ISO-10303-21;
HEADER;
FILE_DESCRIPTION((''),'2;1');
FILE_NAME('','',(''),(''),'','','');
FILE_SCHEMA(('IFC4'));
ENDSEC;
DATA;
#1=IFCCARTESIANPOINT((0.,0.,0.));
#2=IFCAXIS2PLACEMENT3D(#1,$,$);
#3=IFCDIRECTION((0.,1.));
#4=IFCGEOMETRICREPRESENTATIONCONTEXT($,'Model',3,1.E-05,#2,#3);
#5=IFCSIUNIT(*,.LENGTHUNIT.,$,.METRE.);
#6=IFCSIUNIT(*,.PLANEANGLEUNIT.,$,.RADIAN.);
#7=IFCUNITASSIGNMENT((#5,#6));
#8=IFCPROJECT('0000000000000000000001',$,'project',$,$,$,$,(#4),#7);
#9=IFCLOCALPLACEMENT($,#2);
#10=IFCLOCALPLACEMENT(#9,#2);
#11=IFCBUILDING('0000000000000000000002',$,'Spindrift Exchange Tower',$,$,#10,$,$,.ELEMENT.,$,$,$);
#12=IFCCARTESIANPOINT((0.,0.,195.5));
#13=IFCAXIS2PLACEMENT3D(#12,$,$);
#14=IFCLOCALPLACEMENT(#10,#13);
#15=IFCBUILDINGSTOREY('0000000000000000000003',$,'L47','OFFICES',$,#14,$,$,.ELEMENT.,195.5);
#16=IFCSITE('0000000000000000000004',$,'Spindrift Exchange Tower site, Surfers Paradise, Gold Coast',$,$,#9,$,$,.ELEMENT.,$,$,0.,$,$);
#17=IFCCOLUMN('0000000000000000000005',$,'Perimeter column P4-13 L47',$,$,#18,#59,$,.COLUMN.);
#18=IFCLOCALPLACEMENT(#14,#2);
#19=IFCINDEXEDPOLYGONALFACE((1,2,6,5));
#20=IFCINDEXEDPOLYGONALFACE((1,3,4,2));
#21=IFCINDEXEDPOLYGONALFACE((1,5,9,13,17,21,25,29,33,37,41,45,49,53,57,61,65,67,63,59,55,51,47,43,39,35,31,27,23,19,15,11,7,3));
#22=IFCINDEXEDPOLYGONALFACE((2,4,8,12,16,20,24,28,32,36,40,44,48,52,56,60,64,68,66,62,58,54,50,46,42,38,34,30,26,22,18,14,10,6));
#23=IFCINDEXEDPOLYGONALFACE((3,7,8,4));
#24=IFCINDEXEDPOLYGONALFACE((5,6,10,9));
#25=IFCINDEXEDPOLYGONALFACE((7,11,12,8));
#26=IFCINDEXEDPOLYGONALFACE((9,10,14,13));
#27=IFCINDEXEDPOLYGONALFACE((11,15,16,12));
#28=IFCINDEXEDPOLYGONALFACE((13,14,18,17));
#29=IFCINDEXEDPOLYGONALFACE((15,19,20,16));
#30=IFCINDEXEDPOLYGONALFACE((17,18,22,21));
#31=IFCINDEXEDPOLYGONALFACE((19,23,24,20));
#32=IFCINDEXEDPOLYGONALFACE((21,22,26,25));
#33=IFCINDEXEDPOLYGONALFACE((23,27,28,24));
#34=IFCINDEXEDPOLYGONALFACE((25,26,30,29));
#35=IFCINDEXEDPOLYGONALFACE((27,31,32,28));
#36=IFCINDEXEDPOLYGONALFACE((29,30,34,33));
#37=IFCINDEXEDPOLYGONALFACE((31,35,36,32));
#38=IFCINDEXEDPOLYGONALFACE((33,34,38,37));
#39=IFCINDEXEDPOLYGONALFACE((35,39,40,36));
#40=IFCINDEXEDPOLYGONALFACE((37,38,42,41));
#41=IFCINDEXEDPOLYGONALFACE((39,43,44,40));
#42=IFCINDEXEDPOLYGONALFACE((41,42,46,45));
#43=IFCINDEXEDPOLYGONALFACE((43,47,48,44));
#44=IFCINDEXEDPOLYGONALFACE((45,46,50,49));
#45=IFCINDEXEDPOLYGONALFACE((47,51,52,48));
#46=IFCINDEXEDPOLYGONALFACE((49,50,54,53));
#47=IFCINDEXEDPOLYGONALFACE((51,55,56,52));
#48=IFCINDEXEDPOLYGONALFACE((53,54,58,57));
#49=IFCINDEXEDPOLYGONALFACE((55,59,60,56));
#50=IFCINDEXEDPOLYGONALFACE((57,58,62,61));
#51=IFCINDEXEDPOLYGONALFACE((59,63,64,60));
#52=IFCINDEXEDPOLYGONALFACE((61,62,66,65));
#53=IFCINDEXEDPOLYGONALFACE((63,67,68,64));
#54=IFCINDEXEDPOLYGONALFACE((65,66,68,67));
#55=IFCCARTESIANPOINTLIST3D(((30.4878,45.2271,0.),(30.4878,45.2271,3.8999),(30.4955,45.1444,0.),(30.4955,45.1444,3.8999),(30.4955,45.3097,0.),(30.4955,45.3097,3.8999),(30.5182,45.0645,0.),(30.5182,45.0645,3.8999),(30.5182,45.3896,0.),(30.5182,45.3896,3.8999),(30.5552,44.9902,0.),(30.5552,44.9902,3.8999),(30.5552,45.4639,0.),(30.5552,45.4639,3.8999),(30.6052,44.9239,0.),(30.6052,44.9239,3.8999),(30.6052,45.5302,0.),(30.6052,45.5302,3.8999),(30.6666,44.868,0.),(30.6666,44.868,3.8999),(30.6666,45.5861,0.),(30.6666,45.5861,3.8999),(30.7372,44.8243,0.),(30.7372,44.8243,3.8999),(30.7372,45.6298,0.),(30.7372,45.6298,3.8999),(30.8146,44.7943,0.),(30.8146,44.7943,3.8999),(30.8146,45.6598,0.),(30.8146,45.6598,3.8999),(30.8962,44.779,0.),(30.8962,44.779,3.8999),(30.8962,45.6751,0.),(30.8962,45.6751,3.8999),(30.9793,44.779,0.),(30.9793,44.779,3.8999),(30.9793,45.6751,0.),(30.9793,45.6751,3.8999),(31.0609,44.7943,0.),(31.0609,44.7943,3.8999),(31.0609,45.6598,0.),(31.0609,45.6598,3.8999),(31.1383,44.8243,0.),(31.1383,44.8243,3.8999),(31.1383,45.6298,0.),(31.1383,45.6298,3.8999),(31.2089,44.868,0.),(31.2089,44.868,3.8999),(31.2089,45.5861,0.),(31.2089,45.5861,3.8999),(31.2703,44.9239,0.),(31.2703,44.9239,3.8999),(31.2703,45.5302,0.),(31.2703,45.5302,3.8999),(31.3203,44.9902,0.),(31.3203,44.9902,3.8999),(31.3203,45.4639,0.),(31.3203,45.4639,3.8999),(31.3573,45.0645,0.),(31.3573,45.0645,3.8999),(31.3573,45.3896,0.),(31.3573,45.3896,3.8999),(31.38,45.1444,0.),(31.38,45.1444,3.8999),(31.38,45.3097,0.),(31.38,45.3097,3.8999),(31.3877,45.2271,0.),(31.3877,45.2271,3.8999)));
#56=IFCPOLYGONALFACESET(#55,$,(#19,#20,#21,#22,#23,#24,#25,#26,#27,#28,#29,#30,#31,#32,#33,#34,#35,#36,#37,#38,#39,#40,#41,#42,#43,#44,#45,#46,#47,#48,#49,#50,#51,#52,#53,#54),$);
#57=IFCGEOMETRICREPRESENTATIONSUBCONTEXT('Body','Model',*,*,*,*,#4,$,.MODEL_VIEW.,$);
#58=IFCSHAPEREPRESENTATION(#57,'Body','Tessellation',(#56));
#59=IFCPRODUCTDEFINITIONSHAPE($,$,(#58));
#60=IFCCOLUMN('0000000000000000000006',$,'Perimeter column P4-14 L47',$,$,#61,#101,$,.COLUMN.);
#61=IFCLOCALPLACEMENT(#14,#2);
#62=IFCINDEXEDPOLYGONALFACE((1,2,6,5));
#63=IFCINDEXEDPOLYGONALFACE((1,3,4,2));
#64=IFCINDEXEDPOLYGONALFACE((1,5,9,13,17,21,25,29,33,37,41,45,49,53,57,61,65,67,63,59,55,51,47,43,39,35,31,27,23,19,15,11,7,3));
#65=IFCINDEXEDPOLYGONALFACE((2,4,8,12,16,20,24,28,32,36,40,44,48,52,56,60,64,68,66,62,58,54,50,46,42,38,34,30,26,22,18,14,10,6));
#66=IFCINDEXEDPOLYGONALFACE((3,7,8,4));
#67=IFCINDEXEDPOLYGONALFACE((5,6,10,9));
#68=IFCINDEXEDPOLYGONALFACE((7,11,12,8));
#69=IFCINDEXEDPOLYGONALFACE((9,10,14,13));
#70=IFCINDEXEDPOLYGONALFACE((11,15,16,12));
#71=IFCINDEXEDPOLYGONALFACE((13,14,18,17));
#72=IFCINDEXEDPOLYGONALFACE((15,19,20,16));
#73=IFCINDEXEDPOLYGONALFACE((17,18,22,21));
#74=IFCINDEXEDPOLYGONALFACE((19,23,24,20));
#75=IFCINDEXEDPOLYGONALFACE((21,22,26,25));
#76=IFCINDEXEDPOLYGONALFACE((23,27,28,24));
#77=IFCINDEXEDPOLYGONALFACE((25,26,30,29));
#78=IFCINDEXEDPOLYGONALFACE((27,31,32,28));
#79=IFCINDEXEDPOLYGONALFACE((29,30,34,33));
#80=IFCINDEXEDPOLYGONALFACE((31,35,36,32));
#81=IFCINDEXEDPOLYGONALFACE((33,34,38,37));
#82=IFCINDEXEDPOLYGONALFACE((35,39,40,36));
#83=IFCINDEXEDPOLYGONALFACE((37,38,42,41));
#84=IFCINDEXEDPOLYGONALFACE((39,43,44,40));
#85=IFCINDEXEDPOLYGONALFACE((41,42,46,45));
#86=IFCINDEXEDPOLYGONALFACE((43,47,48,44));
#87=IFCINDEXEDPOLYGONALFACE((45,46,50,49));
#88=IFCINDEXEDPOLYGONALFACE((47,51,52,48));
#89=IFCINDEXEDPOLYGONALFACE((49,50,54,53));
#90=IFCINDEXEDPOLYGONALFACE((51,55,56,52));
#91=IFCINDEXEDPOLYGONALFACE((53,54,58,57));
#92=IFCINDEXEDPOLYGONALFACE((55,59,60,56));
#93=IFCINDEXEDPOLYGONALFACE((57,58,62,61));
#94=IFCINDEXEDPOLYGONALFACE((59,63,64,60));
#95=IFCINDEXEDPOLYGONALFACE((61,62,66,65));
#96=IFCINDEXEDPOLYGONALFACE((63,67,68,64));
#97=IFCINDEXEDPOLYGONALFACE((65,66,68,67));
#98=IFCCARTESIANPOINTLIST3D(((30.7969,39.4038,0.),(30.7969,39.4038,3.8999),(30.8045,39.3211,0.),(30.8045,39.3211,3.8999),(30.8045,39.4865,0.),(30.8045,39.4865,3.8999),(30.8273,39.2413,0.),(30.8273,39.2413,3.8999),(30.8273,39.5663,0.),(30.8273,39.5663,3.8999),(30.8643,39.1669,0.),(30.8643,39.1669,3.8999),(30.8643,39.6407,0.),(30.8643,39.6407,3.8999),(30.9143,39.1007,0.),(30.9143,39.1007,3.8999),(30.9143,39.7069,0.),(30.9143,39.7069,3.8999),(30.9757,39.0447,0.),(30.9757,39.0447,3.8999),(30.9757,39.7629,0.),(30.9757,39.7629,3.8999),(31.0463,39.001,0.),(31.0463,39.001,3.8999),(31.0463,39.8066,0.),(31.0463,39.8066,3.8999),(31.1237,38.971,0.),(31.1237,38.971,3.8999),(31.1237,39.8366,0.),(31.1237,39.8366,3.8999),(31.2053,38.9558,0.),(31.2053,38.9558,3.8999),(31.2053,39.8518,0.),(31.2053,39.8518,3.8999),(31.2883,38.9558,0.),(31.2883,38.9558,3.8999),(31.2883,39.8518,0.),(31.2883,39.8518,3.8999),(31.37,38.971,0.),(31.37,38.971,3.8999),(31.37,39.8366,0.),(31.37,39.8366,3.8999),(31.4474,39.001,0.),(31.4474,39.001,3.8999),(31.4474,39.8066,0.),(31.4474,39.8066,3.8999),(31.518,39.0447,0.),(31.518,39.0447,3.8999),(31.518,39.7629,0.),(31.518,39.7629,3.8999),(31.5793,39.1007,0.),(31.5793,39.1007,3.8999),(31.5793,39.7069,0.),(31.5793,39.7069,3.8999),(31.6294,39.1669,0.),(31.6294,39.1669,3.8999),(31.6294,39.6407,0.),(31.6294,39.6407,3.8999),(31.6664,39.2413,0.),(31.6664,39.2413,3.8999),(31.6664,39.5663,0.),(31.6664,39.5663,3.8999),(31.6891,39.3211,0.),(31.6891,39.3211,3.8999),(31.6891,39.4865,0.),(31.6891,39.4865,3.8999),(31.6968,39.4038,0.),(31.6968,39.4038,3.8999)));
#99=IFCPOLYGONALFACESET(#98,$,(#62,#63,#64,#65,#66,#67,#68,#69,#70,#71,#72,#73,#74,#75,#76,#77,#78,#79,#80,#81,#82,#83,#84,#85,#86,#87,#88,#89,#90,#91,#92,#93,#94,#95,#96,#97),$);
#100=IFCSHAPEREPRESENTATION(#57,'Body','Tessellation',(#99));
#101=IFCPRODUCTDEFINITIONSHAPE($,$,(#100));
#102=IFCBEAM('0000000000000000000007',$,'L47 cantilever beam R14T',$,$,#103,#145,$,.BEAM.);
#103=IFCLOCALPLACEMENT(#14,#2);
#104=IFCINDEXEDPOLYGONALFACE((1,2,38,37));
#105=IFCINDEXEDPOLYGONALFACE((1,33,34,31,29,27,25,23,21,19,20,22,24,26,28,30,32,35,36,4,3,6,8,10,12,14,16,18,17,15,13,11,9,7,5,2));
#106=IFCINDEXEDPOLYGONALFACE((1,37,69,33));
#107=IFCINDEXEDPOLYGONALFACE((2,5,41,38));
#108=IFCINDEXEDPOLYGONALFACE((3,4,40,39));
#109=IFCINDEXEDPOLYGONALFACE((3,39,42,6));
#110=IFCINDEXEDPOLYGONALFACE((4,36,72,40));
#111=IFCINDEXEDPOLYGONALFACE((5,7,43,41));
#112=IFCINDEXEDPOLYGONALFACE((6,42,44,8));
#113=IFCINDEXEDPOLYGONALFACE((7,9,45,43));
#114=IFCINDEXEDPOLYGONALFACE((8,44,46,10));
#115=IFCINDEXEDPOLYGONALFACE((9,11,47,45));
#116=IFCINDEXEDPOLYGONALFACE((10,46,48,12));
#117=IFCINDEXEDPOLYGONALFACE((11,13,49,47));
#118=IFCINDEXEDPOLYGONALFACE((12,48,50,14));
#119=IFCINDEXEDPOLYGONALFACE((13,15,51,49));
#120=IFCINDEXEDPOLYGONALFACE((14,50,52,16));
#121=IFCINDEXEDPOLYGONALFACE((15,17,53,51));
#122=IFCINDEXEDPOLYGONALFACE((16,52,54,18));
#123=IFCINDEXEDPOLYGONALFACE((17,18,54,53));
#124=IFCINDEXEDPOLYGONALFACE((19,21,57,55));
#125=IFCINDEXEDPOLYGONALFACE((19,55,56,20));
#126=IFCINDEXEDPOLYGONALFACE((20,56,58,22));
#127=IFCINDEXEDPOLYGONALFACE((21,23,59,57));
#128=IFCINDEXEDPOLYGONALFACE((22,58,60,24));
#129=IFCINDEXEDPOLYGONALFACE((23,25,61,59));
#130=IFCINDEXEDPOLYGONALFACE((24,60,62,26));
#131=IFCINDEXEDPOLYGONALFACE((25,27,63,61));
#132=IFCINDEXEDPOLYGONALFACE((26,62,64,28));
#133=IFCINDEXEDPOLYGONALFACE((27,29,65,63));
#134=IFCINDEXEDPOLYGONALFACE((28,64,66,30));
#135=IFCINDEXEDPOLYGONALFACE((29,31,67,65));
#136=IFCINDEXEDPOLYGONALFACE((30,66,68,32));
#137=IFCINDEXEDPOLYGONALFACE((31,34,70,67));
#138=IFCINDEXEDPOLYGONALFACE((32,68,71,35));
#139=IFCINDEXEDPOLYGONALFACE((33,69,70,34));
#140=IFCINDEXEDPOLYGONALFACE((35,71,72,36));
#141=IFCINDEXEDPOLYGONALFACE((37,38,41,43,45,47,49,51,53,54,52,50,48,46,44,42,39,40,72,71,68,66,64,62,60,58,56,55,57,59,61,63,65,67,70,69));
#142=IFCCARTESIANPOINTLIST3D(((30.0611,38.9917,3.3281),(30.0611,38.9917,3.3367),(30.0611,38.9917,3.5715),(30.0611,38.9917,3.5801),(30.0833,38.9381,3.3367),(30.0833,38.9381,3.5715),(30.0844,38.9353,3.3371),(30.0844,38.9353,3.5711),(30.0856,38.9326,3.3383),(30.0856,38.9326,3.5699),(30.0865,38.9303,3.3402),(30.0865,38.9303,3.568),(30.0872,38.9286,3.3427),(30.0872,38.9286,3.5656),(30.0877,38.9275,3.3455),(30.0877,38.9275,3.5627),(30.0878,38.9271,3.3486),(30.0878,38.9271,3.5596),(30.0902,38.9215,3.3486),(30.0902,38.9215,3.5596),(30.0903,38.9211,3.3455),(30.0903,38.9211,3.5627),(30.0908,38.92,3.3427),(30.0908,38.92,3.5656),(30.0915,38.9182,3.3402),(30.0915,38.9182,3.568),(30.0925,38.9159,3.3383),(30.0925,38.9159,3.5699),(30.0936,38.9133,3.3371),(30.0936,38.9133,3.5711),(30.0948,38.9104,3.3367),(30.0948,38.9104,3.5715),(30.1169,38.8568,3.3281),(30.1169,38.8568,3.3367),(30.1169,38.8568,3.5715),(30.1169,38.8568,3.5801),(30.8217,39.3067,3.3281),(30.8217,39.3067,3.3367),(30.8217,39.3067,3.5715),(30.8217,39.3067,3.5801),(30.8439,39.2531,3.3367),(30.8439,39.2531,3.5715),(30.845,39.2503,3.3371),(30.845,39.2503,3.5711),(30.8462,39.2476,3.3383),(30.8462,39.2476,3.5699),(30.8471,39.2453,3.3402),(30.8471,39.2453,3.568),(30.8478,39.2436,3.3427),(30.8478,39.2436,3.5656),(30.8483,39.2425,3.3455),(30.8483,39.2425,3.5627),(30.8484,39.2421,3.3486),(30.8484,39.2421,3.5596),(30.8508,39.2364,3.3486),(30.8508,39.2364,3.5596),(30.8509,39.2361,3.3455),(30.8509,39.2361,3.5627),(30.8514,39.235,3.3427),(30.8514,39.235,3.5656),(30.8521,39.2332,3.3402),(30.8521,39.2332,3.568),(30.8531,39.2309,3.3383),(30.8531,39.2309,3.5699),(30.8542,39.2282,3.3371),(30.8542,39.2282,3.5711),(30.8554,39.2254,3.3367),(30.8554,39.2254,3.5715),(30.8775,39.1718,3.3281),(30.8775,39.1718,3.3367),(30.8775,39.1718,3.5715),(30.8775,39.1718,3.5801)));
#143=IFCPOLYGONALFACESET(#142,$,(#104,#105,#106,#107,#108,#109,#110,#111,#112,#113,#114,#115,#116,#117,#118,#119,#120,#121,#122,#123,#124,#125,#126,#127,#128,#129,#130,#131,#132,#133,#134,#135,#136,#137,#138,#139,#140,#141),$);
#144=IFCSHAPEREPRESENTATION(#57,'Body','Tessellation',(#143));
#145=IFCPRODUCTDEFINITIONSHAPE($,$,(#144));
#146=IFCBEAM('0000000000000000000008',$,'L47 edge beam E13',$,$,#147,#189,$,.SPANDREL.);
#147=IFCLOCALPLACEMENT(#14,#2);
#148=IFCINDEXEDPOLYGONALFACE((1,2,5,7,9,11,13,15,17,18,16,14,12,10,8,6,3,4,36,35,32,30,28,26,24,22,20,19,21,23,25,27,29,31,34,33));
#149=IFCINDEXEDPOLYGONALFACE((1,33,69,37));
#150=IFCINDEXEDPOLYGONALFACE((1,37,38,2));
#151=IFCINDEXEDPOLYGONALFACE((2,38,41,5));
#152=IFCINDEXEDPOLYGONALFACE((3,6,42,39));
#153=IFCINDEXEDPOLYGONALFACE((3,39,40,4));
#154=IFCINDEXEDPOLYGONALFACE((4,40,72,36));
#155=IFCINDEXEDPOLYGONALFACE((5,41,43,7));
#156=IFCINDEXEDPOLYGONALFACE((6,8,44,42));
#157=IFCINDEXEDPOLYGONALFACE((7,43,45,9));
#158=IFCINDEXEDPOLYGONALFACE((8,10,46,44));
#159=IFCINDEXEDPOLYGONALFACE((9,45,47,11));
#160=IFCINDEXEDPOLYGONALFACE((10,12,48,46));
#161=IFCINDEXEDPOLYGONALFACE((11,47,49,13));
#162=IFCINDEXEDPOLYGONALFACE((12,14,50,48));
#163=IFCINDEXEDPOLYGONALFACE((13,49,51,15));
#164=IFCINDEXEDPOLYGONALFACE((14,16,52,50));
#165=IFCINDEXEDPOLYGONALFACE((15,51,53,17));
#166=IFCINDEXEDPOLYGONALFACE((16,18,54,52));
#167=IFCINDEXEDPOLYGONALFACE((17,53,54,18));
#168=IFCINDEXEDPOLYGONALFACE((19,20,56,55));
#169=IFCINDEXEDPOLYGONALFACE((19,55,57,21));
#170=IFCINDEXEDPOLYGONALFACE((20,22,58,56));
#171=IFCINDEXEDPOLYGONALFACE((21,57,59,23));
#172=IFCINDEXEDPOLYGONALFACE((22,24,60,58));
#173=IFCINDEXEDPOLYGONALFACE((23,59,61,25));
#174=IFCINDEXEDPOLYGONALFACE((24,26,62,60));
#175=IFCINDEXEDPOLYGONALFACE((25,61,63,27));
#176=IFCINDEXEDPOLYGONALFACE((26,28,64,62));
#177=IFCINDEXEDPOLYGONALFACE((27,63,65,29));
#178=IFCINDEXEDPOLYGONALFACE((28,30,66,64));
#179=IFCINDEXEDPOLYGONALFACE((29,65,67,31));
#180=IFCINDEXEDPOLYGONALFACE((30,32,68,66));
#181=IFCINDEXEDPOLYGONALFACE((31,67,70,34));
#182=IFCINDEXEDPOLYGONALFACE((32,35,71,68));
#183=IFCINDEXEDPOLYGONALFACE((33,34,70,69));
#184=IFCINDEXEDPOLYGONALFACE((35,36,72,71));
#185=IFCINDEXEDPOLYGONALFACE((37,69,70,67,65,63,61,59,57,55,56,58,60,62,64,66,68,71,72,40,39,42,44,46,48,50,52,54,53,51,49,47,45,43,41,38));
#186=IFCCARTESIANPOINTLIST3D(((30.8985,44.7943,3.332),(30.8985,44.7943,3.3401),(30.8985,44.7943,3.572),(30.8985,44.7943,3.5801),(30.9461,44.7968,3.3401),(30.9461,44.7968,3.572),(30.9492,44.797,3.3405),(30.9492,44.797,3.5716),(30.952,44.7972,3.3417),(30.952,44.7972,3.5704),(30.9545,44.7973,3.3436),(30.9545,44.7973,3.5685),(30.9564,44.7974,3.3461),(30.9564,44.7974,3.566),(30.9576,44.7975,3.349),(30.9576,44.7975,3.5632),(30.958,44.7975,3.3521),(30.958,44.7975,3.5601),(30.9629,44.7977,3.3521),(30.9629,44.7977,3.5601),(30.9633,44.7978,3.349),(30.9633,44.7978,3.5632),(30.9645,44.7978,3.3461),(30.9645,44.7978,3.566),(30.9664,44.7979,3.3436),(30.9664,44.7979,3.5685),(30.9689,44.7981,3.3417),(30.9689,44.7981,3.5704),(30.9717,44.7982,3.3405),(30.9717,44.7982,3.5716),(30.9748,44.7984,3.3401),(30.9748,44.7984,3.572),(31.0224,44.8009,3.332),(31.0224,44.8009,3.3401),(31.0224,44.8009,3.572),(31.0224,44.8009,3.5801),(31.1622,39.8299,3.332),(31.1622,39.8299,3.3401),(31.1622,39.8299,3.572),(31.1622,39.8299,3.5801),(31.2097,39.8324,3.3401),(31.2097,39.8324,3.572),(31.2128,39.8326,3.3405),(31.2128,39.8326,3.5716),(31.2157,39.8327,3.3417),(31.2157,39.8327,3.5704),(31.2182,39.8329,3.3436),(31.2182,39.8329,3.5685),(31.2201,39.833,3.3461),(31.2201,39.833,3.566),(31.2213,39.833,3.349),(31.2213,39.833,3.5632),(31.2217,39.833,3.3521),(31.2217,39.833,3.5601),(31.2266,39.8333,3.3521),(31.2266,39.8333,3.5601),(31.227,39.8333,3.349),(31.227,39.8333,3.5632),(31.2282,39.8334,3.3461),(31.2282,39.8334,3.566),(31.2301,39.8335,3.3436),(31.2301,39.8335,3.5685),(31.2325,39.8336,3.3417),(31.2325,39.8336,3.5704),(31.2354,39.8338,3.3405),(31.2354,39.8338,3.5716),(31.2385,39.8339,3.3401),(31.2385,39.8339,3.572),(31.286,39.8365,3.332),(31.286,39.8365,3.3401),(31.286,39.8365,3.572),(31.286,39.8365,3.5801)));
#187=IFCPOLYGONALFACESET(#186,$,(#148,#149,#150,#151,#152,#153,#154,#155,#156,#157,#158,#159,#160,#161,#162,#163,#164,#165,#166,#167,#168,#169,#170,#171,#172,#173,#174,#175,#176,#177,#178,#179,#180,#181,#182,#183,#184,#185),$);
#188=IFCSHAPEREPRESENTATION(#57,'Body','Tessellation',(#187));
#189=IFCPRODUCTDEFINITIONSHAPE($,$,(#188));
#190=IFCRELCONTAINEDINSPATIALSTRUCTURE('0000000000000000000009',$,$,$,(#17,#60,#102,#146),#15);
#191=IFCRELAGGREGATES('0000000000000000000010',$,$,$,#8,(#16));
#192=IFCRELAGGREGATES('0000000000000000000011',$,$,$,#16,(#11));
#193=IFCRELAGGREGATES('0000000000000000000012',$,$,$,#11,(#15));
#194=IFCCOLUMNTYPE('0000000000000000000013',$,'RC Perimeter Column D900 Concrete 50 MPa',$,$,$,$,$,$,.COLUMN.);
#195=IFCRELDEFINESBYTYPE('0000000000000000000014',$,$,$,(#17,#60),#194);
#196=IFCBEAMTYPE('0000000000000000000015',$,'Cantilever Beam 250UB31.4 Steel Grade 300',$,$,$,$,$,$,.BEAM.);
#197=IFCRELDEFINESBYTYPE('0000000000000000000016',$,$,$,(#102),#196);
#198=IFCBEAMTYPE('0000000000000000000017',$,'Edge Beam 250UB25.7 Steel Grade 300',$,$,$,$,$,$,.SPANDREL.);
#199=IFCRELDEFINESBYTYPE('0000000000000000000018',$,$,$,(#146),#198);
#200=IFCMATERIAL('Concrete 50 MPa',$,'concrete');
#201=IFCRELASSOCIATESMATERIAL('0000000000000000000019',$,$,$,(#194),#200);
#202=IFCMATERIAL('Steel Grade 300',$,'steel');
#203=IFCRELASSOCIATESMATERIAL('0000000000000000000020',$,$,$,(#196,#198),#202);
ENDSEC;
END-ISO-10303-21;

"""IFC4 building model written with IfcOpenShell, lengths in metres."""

from ifc_helpers import new_model, si_unit, direction, frame, origin, origin_2d, place, context, subcontext, project, spatial, circle, i_section, extrude, source, transform, mapped, material, material_profile, profile_set, type_object, element, save


model = new_model("IFC4")

# Units and contexts
model_context = context("Model", 3, precision=1e-05, world=origin(), true_north=direction((0.0, 1.0)))
body_context = subcontext(model_context, "Body", "Model", "MODEL_VIEW")
ifc_project = project(units=[si_unit("LENGTHUNIT", "METRE"), si_unit("PLANEANGLEUNIT", "RADIAN")], contexts=[model_context])

# Site, building, storey
site_placement = place(None, origin())
site = spatial("IfcSite", under=ifc_project, at=site_placement, Name="Spindrift Exchange Tower site, Surfers Paradise, Gold Coast", CompositionType="ELEMENT", RefElevation=0.0)
building_placement = place(site_placement, origin())
building = spatial("IfcBuilding", under=site, at=building_placement, Name="Spindrift Exchange Tower", CompositionType="ELEMENT")
storey_placement = place(building_placement, frame((0.0, 0.0, 195.5)))
storey = spatial("IfcBuildingStorey", under=building, at=storey_placement, Name="L47", Description="OFFICES", CompositionType="ELEMENT", Elevation=195.5)

# Columns
ifc_material_1 = material(Name="Concrete 50 MPa", Category="concrete")
ifc_material_profile_1 = material_profile(ifc_material_1, circle(Radius=0.45, at=origin_2d()), Name="RC D900")
ifc_profile_set_1 = profile_set([ifc_material_profile_1], Name="Concrete 50 MPa")
column_type = type_object("IfcColumnType", Name="RC Perimeter Column D900 Concrete 50 MPa", PredefinedType="COLUMN", material=ifc_profile_set_1)
shared_shape_1 = source(origin(), body_context, "Body", "SweptSolid", [
    extrude(circle(Radius=0.45, at=origin_2d()), origin(), (0.0, 0.0, 1.0), 3.8999),
])
for number, where, z_axis, x_axis, name in (
    (1, (30.9377, 45.2271, 0.0), (0.0, 0.0, 1.0), (1.0, 0.0, 0.0), "Perimeter column P4-13 L47"),
    (2, (31.2468, 39.4038, 0.0), (0.0, 0.0, 1.0), (1.0, 0.0, 0.0), "Perimeter column P4-14 L47"),
):
    element("IfcColumn", number, at=place(storey_placement, frame(where, z_axis=z_axis, x_axis=x_axis)), inside=storey, type_object=column_type, Name=name, PredefinedType="COLUMN", context=body_context, shape_type="MappedRepresentation", body=[
        mapped(shared_shape_1, transform((0.0, 0.0, 0.0), scale=1.0)),
    ])

# Beams
ifc_material_2 = material(Name="Steel Grade 300", Category="steel")
ifc_material_profile_2 = material_profile(ifc_material_2, i_section(OverallWidth=0.146, OverallDepth=0.252, WebThickness=0.0061, FlangeThickness=0.0085, FilletRadius=0.012, at=origin_2d()), Name="250UB31.4")
ifc_profile_set_2 = profile_set([ifc_material_profile_2], Name="Steel Grade 300")
beam_type_1 = type_object("IfcBeamType", Name="Cantilever Beam 250UB31.4 Steel Grade 300", PredefinedType="BEAM", material=ifc_profile_set_2)
shared_shape_2 = source(origin(), body_context, "Body", "SweptSolid", [
    extrude(i_section(OverallWidth=0.146, OverallDepth=0.252, WebThickness=0.0061, FlangeThickness=0.0085, FilletRadius=0.012, at=origin_2d()), origin(), (0.0, 0.0, 1.0), 0.8232),
])
beam_1_placement = place(storey_placement, frame((30.8496, 39.2393, 3.4541), z_axis=(-0.923908, -0.382614, 0.0), x_axis=(0.382614, -0.923908, 0.0)))
element("IfcBeam", 3, at=beam_1_placement, inside=storey, type_object=beam_type_1, Name="L47 cantilever beam R14T", PredefinedType="BEAM", context=body_context, shape_type="MappedRepresentation", body=[
    mapped(shared_shape_2, transform((0.0, 0.0, 0.0), scale=1.0)),
])
ifc_material_profile_3 = material_profile(ifc_material_2, i_section(OverallWidth=0.124, OverallDepth=0.248, WebThickness=0.0049, FlangeThickness=0.0081, FilletRadius=0.012, at=origin_2d()), Name="250UB25.7")
ifc_profile_set_3 = profile_set([ifc_material_profile_3], Name="Steel Grade 300")
beam_type_2 = type_object("IfcBeamType", Name="Edge Beam 250UB25.7 Steel Grade 300", PredefinedType="SPANDREL", material=ifc_profile_set_3)
shared_shape_3 = source(origin(), body_context, "Body", "SweptSolid", [
    extrude(i_section(OverallWidth=0.124, OverallDepth=0.248, WebThickness=0.0049, FlangeThickness=0.0081, FilletRadius=0.012, at=origin_2d()), origin(), (0.0, 0.0, 1.0), 4.9714),
])
beam_2_placement = place(storey_placement, frame((30.9604, 44.7976, 3.4561), z_axis=(0.053038, -0.998592, 0.0), x_axis=(0.998592, 0.053038, 0.0)))
element("IfcBeam", 4, at=beam_2_placement, inside=storey, type_object=beam_type_2, Name="L47 edge beam E13", PredefinedType="SPANDREL", context=body_context, shape_type="MappedRepresentation", body=[
    mapped(shared_shape_3, transform((0.0, 0.0, 0.0), scale=1.0)),
])

save(model, "model.ifc")
